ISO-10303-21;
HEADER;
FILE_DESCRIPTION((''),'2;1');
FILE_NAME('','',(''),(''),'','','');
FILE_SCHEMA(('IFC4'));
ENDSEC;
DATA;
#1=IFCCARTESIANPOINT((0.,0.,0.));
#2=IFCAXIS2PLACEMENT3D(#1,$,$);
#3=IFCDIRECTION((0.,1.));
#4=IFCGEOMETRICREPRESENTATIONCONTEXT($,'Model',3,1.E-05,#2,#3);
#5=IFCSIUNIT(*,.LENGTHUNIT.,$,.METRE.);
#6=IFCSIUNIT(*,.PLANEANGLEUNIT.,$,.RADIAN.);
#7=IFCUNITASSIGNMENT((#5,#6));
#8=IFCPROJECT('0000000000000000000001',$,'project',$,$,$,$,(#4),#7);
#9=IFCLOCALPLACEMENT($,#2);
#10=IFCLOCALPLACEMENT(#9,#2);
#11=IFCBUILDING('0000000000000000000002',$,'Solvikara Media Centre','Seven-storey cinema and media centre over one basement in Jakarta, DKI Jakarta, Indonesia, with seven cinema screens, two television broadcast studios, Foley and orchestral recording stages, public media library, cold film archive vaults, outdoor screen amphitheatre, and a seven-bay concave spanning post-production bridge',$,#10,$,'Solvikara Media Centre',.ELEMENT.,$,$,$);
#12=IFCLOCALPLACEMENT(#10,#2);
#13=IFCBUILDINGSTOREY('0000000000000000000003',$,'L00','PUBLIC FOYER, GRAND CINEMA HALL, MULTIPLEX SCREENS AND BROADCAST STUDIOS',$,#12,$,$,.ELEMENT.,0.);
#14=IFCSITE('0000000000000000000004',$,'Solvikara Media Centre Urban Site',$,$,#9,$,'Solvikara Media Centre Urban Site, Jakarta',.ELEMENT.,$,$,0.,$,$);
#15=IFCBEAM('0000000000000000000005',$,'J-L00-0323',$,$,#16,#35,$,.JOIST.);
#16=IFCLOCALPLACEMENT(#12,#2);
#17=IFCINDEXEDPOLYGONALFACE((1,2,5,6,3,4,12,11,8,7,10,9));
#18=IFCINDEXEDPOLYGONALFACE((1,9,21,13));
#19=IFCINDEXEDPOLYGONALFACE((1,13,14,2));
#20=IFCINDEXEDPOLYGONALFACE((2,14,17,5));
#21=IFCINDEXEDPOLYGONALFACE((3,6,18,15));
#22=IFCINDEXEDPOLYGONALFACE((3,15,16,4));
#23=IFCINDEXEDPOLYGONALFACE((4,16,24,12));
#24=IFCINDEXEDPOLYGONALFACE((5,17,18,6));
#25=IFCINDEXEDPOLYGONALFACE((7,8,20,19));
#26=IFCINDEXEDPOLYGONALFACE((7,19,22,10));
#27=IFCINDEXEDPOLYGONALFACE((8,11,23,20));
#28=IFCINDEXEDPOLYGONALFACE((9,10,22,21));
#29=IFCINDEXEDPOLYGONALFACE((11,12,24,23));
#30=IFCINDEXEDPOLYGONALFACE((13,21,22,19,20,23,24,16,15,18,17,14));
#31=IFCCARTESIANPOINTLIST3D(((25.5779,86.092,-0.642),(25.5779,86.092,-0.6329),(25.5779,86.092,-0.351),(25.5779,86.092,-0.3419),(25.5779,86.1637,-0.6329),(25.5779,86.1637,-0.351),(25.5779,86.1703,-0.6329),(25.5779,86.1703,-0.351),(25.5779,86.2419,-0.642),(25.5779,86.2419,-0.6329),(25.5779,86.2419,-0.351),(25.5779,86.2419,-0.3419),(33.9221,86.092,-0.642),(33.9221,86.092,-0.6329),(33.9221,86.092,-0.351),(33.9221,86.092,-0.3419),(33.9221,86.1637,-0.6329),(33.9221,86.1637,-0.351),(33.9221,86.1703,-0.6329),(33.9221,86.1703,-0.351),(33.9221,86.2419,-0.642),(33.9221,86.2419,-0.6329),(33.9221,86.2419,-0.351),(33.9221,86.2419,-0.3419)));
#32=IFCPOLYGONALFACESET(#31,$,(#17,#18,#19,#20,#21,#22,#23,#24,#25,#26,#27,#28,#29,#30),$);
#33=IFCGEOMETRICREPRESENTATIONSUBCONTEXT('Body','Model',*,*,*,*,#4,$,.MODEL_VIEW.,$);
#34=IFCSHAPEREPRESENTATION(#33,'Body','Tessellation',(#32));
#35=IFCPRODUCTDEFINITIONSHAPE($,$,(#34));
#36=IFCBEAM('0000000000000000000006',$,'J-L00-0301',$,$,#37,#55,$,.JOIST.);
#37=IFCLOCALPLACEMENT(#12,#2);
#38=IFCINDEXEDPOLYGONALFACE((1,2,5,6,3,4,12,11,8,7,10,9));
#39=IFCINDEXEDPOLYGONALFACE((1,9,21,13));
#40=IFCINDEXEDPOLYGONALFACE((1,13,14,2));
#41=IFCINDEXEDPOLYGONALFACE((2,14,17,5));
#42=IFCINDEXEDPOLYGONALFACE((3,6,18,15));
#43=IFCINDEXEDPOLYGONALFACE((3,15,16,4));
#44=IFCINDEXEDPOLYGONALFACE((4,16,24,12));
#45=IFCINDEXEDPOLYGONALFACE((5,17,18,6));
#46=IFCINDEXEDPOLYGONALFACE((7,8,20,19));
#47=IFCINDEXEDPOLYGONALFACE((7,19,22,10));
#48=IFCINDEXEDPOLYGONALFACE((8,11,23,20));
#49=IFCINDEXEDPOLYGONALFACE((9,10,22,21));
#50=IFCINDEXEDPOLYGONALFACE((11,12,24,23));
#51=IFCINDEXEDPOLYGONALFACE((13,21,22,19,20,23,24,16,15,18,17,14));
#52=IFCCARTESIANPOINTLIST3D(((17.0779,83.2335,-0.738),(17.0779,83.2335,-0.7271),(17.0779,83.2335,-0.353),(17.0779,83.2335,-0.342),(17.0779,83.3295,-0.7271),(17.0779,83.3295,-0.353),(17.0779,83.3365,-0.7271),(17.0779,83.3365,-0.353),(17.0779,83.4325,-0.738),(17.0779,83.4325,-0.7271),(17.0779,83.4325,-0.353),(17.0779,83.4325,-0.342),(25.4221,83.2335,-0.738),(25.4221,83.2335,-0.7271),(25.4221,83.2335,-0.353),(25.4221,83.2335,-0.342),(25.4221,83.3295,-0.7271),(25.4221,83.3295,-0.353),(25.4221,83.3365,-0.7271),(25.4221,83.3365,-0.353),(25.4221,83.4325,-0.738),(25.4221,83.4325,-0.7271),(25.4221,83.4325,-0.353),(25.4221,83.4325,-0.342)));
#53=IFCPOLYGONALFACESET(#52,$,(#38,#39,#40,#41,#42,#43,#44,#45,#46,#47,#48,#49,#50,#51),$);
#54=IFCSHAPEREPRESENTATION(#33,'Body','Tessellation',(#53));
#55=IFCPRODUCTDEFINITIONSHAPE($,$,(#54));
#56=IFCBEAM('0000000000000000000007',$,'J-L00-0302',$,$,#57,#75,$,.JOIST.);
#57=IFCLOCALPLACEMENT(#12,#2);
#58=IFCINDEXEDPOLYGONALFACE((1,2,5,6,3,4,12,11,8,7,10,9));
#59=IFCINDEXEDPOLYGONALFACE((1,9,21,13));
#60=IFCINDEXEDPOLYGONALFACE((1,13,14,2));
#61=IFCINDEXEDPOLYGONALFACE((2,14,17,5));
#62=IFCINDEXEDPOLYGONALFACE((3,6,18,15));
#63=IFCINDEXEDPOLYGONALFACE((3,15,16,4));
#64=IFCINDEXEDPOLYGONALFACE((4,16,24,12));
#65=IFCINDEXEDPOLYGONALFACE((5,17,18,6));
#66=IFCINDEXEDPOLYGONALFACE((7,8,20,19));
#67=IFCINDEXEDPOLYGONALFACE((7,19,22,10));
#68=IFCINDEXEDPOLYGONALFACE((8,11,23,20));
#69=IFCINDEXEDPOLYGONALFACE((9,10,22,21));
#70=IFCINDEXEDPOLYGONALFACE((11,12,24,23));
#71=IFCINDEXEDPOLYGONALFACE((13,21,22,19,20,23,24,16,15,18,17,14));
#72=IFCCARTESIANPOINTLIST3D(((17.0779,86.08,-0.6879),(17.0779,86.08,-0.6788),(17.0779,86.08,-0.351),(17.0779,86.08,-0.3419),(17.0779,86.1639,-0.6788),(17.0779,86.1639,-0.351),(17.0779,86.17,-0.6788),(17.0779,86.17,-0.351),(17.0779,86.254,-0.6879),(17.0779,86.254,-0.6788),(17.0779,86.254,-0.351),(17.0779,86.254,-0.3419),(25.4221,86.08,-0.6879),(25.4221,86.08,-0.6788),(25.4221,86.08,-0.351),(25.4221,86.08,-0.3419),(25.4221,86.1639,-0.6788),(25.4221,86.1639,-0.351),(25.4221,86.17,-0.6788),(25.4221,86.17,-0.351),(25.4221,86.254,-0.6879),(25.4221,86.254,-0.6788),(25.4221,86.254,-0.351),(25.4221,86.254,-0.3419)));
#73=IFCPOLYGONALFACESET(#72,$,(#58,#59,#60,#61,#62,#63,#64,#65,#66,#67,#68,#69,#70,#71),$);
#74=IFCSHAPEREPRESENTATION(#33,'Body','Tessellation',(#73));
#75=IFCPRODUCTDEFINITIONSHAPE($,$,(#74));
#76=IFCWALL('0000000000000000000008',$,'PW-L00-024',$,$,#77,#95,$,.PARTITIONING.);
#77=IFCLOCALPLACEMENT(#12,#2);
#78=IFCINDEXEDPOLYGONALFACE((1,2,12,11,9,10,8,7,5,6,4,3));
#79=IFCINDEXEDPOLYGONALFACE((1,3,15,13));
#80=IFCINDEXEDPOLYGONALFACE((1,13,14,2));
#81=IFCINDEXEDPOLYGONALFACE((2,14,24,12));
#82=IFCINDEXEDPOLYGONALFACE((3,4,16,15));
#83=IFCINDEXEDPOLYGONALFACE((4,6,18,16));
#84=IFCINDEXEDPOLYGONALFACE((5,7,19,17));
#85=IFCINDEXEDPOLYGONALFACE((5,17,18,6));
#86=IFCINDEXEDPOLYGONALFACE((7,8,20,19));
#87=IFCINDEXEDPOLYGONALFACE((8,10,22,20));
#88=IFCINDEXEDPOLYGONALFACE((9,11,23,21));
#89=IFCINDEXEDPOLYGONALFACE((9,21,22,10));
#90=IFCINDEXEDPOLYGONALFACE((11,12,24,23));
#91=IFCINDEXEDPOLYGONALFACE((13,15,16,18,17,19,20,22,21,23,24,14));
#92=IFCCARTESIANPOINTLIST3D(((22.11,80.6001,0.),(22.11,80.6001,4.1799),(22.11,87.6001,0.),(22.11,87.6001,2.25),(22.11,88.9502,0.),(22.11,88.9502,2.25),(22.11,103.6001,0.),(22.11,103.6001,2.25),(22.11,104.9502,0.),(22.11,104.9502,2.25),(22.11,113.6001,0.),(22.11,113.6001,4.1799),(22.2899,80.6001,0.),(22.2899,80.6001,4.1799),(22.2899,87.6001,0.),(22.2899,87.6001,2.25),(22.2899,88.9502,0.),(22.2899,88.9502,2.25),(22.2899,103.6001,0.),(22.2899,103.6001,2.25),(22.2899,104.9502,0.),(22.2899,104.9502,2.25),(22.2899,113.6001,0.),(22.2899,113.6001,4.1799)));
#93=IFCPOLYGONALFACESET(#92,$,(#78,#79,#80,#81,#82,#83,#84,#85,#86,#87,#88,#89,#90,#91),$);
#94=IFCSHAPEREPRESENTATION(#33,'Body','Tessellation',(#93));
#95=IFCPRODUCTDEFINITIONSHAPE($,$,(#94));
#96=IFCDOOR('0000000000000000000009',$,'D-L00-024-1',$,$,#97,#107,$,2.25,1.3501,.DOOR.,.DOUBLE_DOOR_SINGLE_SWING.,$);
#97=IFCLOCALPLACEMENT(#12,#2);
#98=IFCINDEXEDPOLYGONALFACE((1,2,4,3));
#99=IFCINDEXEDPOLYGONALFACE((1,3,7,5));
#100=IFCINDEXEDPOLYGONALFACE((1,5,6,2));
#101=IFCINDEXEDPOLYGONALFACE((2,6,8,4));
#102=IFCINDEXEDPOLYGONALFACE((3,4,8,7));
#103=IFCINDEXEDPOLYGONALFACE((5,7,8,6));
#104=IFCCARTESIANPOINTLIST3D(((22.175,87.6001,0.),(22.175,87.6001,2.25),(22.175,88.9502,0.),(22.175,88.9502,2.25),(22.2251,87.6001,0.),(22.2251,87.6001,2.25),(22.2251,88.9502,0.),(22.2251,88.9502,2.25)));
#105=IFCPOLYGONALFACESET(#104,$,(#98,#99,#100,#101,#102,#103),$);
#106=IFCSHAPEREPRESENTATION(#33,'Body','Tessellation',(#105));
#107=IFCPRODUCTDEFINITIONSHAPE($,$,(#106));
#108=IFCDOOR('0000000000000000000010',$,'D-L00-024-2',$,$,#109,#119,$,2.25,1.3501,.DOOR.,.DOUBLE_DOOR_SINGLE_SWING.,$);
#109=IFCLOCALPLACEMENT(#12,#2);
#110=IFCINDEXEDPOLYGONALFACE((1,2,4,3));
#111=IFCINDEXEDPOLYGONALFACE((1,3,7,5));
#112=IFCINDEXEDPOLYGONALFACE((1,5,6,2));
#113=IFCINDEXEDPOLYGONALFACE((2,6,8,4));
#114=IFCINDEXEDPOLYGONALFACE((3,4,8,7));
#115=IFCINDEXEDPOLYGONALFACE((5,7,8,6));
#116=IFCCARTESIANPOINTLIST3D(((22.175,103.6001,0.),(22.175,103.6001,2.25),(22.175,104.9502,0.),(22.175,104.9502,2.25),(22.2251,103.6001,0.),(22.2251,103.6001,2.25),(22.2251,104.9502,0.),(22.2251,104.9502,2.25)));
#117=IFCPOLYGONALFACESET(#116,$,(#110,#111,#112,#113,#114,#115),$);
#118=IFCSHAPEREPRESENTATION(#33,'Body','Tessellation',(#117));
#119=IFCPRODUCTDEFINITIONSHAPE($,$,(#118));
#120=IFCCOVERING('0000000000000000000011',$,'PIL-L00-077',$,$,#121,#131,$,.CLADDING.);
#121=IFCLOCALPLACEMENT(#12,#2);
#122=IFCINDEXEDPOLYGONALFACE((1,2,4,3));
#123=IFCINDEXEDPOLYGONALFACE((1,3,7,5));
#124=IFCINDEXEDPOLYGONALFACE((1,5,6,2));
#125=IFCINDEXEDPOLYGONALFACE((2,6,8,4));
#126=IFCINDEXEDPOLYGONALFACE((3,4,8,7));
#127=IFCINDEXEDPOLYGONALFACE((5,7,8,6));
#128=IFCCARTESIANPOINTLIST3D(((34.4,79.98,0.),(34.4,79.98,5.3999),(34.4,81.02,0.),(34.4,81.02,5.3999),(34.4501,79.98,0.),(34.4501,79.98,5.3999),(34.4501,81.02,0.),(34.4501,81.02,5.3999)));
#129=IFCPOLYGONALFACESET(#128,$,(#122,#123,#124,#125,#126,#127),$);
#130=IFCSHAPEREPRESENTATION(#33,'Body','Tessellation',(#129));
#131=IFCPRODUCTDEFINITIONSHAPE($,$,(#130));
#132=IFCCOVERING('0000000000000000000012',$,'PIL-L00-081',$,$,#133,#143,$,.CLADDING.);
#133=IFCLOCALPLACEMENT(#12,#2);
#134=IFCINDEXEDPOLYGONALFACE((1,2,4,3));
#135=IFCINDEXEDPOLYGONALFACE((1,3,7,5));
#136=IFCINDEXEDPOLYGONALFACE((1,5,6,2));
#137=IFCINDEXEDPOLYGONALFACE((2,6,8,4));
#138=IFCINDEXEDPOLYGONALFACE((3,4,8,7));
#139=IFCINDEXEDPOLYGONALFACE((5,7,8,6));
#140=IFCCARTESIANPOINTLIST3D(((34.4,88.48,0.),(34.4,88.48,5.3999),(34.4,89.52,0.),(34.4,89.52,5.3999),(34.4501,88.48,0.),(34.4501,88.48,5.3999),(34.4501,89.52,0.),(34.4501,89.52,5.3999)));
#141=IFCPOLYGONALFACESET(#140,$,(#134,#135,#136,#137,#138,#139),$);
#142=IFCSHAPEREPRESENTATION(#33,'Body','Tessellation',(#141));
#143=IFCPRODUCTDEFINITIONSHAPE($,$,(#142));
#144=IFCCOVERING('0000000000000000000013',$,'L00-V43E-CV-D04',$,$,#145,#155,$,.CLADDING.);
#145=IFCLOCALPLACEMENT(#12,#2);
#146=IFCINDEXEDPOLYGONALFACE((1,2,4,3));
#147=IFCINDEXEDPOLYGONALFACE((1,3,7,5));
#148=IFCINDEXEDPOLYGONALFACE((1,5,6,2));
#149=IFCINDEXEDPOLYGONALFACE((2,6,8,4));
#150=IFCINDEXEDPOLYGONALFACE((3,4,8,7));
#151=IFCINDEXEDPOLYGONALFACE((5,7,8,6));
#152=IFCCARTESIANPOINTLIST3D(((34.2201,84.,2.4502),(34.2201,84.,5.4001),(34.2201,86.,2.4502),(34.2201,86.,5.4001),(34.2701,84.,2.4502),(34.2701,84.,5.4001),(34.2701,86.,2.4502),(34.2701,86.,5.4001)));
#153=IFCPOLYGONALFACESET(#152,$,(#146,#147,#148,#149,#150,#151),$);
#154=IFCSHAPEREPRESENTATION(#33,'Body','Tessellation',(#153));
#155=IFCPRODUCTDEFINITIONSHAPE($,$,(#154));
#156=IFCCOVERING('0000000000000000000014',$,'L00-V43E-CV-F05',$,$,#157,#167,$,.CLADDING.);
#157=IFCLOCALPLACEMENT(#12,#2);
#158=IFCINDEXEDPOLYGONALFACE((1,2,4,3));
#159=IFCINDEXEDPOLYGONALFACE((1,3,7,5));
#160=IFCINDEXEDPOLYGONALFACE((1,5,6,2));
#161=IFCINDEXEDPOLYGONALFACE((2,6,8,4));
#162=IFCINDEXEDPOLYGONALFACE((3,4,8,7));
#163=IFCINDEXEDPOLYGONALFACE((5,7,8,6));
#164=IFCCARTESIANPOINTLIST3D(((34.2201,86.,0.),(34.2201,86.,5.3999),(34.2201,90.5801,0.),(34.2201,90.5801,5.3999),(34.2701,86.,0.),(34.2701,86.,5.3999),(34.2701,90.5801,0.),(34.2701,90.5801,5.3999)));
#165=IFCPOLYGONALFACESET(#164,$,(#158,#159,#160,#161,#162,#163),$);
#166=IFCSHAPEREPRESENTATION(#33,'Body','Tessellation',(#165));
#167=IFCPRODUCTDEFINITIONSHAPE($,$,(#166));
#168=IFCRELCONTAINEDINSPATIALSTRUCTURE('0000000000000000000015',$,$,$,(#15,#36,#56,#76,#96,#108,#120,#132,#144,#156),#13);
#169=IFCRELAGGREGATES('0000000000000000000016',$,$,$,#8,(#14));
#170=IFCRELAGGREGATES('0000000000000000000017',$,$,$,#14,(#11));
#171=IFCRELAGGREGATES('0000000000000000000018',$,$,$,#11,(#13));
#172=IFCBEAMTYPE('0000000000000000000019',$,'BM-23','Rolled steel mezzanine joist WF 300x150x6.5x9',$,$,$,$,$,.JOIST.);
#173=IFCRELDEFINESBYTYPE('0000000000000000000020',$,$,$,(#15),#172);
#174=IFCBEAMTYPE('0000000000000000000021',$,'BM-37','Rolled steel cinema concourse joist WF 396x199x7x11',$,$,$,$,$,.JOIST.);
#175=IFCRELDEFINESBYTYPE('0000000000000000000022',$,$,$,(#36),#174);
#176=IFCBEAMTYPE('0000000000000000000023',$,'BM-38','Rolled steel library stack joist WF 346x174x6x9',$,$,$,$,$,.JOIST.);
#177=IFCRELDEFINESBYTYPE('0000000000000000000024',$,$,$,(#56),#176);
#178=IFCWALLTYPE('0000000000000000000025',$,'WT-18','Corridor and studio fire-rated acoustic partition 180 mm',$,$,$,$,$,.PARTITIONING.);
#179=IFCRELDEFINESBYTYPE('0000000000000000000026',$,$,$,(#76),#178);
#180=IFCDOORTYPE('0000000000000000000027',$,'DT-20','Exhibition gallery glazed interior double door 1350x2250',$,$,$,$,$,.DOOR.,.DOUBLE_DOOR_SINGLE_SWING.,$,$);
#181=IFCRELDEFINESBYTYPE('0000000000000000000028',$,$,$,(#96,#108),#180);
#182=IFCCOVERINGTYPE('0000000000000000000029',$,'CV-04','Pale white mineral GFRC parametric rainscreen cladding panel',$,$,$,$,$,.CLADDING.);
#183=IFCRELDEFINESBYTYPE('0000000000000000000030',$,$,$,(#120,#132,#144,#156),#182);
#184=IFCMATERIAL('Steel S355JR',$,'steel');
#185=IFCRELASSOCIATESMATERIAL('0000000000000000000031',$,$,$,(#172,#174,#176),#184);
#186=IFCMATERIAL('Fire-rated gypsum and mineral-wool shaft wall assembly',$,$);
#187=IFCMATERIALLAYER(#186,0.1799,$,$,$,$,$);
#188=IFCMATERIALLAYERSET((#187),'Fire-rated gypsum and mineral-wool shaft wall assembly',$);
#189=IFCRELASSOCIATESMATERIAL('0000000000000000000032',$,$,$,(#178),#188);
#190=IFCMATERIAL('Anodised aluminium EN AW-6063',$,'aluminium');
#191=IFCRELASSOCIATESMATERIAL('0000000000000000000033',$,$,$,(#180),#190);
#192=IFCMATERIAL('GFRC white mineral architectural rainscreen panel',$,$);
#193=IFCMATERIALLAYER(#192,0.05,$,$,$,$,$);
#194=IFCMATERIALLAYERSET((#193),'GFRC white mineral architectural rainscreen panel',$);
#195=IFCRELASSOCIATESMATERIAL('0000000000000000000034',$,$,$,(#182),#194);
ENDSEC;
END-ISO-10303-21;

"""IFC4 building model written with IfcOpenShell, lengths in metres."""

from ifc_helpers import new_model, si_unit, direction, frame, frame_2d, origin, origin_2d, place, context, subcontext, project, spatial, rectangle, i_section, extrude, material, layer, layer_set, material_profile, profile_set, type_object, element, fill, save


model = new_model("IFC4")

# Units and contexts
model_context = context("Model", 3, precision=1e-05, world=origin(), true_north=direction((0.0, 1.0)))
body_context = subcontext(model_context, "Body", "Model", "MODEL_VIEW")
ifc_project = project(units=[si_unit("LENGTHUNIT", "METRE"), si_unit("PLANEANGLEUNIT", "RADIAN")], contexts=[model_context])

# Site, building, storey
site_placement = place(None, origin())
site = spatial("IfcSite", under=ifc_project, at=site_placement, Name="Solvikara Media Centre Urban Site", LongName="Solvikara Media Centre Urban Site, Jakarta", CompositionType="ELEMENT", RefElevation=0.0)
building_placement = place(site_placement, origin())
building = spatial("IfcBuilding", under=site, at=building_placement, Name="Solvikara Media Centre", Description="Seven-storey cinema and media centre over one basement in Jakarta, DKI Jakarta, Indonesia, with seven cinema screens, two television broadcast studios, Foley and orchestral recording stages, public media library, cold film archive vaults, outdoor screen amphitheatre, and a seven-bay concave spanning post-production bridge", LongName="Solvikara Media Centre", CompositionType="ELEMENT")
storey_placement = place(building_placement, origin())
storey = spatial("IfcBuildingStorey", under=building, at=storey_placement, Name="L00", Description="PUBLIC FOYER, GRAND CINEMA HALL, MULTIPLEX SCREENS AND BROADCAST STUDIOS", CompositionType="ELEMENT", Elevation=0.0)

# Beams
ifc_material_1 = material(Name="Steel S355JR", Category="steel")
ifc_material_profile_1 = material_profile(ifc_material_1, i_section(OverallWidth=0.1499, OverallDepth=0.3, WebThickness=0.0066, FlangeThickness=0.009, at=origin_2d()), Name="WF 300x150x6.5x9")
ifc_profile_set_1 = profile_set([ifc_material_profile_1], Name="Steel S355JR")
beam_type_1 = type_object("IfcBeamType", Name="BM-23", Description="Rolled steel mezzanine joist WF 300x150x6.5x9", PredefinedType="JOIST", material=ifc_profile_set_1)
beam_1_placement = place(storey_placement, frame((25.5779, 86.167, -0.4919), z_axis=(1.0, 0.0, 0.0), x_axis=(0.0, 1.0, 0.0)))
element("IfcBeam", 1, at=beam_1_placement, inside=storey, type_object=beam_type_1, Name="J-L00-0323", PredefinedType="JOIST", context=body_context, shape_type="SweptSolid", body=[
    extrude(i_section(OverallWidth=0.1499, OverallDepth=0.3, WebThickness=0.0066, FlangeThickness=0.009, at=origin_2d()), origin(), (0.0, 0.0, 1.0), 8.3442),
])
ifc_material_profile_2 = material_profile(ifc_material_1, i_section(OverallWidth=0.199, OverallDepth=0.396, WebThickness=0.0071, FlangeThickness=0.011, at=origin_2d()), Name="WF 396x199x7x11")
ifc_profile_set_2 = profile_set([ifc_material_profile_2], Name="Steel S355JR")
beam_type_2 = type_object("IfcBeamType", Name="BM-37", Description="Rolled steel cinema concourse joist WF 396x199x7x11", PredefinedType="JOIST", material=ifc_profile_set_2)
beam_2_placement = place(storey_placement, frame((17.0779, 83.333, -0.54), z_axis=(1.0, 0.0, 0.0), x_axis=(0.0, 1.0, 0.0)))
element("IfcBeam", 2, at=beam_2_placement, inside=storey, type_object=beam_type_2, Name="J-L00-0301", PredefinedType="JOIST", context=body_context, shape_type="SweptSolid", body=[
    extrude(i_section(OverallWidth=0.199, OverallDepth=0.396, WebThickness=0.0071, FlangeThickness=0.011, at=origin_2d()), origin(), (0.0, 0.0, 1.0), 8.3442),
])
ifc_material_profile_3 = material_profile(ifc_material_1, i_section(OverallWidth=0.1741, OverallDepth=0.3459, WebThickness=0.0061, FlangeThickness=0.009, at=origin_2d()), Name="WF 346x174x6x9")
ifc_profile_set_3 = profile_set([ifc_material_profile_3], Name="Steel S355JR")
beam_type_3 = type_object("IfcBeamType", Name="BM-38", Description="Rolled steel library stack joist WF 346x174x6x9", PredefinedType="JOIST", material=ifc_profile_set_3)
beam_3_placement = place(storey_placement, frame((17.0779, 86.167, -0.5149), z_axis=(1.0, 0.0, 0.0), x_axis=(0.0, 1.0, 0.0)))
element("IfcBeam", 3, at=beam_3_placement, inside=storey, type_object=beam_type_3, Name="J-L00-0302", PredefinedType="JOIST", context=body_context, shape_type="SweptSolid", body=[
    extrude(i_section(OverallWidth=0.1741, OverallDepth=0.3459, WebThickness=0.0061, FlangeThickness=0.009, at=origin_2d()), origin(), (0.0, 0.0, 1.0), 8.3442),
])

# Wall, openings, doors
ifc_material_2 = material(Name="Fire-rated gypsum and mineral-wool shaft wall assembly")
ifc_layer_1 = layer(ifc_material_2, 0.1799)
ifc_layer_set_1 = layer_set([ifc_layer_1], Name="Fire-rated gypsum and mineral-wool shaft wall assembly")
wall_type = type_object("IfcWallType", Name="WT-18", Description="Corridor and studio fire-rated acoustic partition 180 mm", PredefinedType="PARTITIONING", material=ifc_layer_set_1)
wall_placement = place(storey_placement, frame((22.2, 80.6001, 0.0), z_axis=(0.0, 0.0, 1.0), x_axis=(0.0, 1.0, 0.0)))
wall = element("IfcWall", 4, at=wall_placement, inside=storey, type_object=wall_type, Name="PW-L00-024", PredefinedType="PARTITIONING", context=body_context, shape_type="SweptSolid", body=[
    extrude(rectangle(XDim=33.0, YDim=0.1799, at=frame_2d((16.5, 0.0))), origin(), (0.0, 0.0, 1.0), 4.1799),
])
opening_1_placement = place(wall_placement, frame((7.0, 0.0, 0.0)))
opening_1 = element("IfcOpeningElement", 5, at=opening_1_placement, cuts=wall, PredefinedType="OPENING", context=body_context, shape_type="SweptSolid", body=[
    extrude(rectangle(XDim=1.3501, YDim=2.25, at=frame_2d((0.675, 1.125))), frame((0.0, 0.1021, 0.0), z_axis=(0.0, -1.0, 0.0), x_axis=(1.0, 0.0, 0.0)), (0.0, 0.0, 1.0), 0.2039),
])
opening_2_placement = place(wall_placement, frame((23.0, 0.0, 0.0)))
opening_2 = element("IfcOpeningElement", 6, at=opening_2_placement, cuts=wall, PredefinedType="OPENING", context=body_context, shape_type="SweptSolid", body=[
    extrude(rectangle(XDim=1.3501, YDim=2.25, at=frame_2d((0.675, 1.125))), frame((0.0, 0.1021, 0.0), z_axis=(0.0, -1.0, 0.0), x_axis=(1.0, 0.0, 0.0)), (0.0, 0.0, 1.0), 0.2039),
])
ifc_material_3 = material(Name="Anodised aluminium EN AW-6063", Category="aluminium")
door_type = type_object("IfcDoorType", Name="DT-20", Description="Exhibition gallery glazed interior double door 1350x2250", OperationType="DOUBLE_DOOR_SINGLE_SWING", PredefinedType="DOOR", material=ifc_material_3)
door_1_placement = place(opening_1_placement, origin())
door_1 = element("IfcDoor", 7, at=door_1_placement, inside=storey, type_object=door_type, Name="D-L00-024-1", OperationType="DOUBLE_DOOR_SINGLE_SWING", OverallHeight=2.25, OverallWidth=1.3501, PredefinedType="DOOR", context=body_context, shape_type="SweptSolid", body=[
    extrude(rectangle(XDim=1.3501, YDim=2.25, at=frame_2d((0.675, 1.125))), frame((0.0, 0.0249, 0.0), z_axis=(0.0, -1.0, 0.0), x_axis=(1.0, 0.0, 0.0)), (0.0, 0.0, 1.0), 0.05),
])
fill(opening_1, door_1)
door_2_placement = place(opening_2_placement, origin())
door_2 = element("IfcDoor", 8, at=door_2_placement, inside=storey, type_object=door_type, Name="D-L00-024-2", OperationType="DOUBLE_DOOR_SINGLE_SWING", OverallHeight=2.25, OverallWidth=1.3501, PredefinedType="DOOR", context=body_context, shape_type="SweptSolid", body=[
    extrude(rectangle(XDim=1.3501, YDim=2.25, at=frame_2d((0.675, 1.125))), frame((0.0, 0.0249, 0.0), z_axis=(0.0, -1.0, 0.0), x_axis=(1.0, 0.0, 0.0)), (0.0, 0.0, 1.0), 0.05),
])
fill(opening_2, door_2)

# Coverings
ifc_material_4 = material(Name="GFRC white mineral architectural rainscreen panel")
ifc_layer_2 = layer(ifc_material_4, 0.05)
ifc_layer_set_2 = layer_set([ifc_layer_2], Name="GFRC white mineral architectural rainscreen panel")
covering_type = type_object("IfcCoveringType", Name="CV-04", Description="Pale white mineral GFRC parametric rainscreen cladding panel", PredefinedType="CLADDING", material=ifc_layer_set_2)
for number, where, z_axis, x_axis, name in (
    (9, (34.425, 80.5, 0.0), (0.0, 0.0, 1.0), (0.0, 1.0, 0.0), "PIL-L00-077"),
    (10, (34.425, 89.0, 0.0), (0.0, 0.0, 1.0), (0.0, 1.0, 0.0), "PIL-L00-081"),
):
    element("IfcCovering", number, at=place(storey_placement, frame(where, z_axis=z_axis, x_axis=x_axis)), inside=storey, type_object=covering_type, Name=name, PredefinedType="CLADDING", context=body_context, shape_type="SweptSolid", body=[
        extrude(rectangle(XDim=1.04, YDim=0.05, at=origin_2d()), origin(), (0.0, 0.0, 1.0), 5.3999),
    ])
covering_1_placement = place(storey_placement, frame((34.2451, 85.0, 2.4502), z_axis=(0.0, 0.0, 1.0), x_axis=(0.0, 1.0, 0.0)))
element("IfcCovering", 11, at=covering_1_placement, inside=storey, type_object=covering_type, Name="L00-V43E-CV-D04", PredefinedType="CLADDING", context=body_context, shape_type="SweptSolid", body=[
    extrude(rectangle(XDim=2.0, YDim=0.05, at=origin_2d()), origin(), (0.0, 0.0, 1.0), 2.95),
])
covering_2_placement = place(storey_placement, frame((34.2451, 88.29, 0.0), z_axis=(0.0, 0.0, 1.0), x_axis=(0.0, 1.0, 0.0)))
element("IfcCovering", 12, at=covering_2_placement, inside=storey, type_object=covering_type, Name="L00-V43E-CV-F05", PredefinedType="CLADDING", context=body_context, shape_type="SweptSolid", body=[
    extrude(rectangle(XDim=4.5801, YDim=0.05, at=origin_2d()), origin(), (0.0, 0.0, 1.0), 5.3999),
])

save(model, "model.ifc")
